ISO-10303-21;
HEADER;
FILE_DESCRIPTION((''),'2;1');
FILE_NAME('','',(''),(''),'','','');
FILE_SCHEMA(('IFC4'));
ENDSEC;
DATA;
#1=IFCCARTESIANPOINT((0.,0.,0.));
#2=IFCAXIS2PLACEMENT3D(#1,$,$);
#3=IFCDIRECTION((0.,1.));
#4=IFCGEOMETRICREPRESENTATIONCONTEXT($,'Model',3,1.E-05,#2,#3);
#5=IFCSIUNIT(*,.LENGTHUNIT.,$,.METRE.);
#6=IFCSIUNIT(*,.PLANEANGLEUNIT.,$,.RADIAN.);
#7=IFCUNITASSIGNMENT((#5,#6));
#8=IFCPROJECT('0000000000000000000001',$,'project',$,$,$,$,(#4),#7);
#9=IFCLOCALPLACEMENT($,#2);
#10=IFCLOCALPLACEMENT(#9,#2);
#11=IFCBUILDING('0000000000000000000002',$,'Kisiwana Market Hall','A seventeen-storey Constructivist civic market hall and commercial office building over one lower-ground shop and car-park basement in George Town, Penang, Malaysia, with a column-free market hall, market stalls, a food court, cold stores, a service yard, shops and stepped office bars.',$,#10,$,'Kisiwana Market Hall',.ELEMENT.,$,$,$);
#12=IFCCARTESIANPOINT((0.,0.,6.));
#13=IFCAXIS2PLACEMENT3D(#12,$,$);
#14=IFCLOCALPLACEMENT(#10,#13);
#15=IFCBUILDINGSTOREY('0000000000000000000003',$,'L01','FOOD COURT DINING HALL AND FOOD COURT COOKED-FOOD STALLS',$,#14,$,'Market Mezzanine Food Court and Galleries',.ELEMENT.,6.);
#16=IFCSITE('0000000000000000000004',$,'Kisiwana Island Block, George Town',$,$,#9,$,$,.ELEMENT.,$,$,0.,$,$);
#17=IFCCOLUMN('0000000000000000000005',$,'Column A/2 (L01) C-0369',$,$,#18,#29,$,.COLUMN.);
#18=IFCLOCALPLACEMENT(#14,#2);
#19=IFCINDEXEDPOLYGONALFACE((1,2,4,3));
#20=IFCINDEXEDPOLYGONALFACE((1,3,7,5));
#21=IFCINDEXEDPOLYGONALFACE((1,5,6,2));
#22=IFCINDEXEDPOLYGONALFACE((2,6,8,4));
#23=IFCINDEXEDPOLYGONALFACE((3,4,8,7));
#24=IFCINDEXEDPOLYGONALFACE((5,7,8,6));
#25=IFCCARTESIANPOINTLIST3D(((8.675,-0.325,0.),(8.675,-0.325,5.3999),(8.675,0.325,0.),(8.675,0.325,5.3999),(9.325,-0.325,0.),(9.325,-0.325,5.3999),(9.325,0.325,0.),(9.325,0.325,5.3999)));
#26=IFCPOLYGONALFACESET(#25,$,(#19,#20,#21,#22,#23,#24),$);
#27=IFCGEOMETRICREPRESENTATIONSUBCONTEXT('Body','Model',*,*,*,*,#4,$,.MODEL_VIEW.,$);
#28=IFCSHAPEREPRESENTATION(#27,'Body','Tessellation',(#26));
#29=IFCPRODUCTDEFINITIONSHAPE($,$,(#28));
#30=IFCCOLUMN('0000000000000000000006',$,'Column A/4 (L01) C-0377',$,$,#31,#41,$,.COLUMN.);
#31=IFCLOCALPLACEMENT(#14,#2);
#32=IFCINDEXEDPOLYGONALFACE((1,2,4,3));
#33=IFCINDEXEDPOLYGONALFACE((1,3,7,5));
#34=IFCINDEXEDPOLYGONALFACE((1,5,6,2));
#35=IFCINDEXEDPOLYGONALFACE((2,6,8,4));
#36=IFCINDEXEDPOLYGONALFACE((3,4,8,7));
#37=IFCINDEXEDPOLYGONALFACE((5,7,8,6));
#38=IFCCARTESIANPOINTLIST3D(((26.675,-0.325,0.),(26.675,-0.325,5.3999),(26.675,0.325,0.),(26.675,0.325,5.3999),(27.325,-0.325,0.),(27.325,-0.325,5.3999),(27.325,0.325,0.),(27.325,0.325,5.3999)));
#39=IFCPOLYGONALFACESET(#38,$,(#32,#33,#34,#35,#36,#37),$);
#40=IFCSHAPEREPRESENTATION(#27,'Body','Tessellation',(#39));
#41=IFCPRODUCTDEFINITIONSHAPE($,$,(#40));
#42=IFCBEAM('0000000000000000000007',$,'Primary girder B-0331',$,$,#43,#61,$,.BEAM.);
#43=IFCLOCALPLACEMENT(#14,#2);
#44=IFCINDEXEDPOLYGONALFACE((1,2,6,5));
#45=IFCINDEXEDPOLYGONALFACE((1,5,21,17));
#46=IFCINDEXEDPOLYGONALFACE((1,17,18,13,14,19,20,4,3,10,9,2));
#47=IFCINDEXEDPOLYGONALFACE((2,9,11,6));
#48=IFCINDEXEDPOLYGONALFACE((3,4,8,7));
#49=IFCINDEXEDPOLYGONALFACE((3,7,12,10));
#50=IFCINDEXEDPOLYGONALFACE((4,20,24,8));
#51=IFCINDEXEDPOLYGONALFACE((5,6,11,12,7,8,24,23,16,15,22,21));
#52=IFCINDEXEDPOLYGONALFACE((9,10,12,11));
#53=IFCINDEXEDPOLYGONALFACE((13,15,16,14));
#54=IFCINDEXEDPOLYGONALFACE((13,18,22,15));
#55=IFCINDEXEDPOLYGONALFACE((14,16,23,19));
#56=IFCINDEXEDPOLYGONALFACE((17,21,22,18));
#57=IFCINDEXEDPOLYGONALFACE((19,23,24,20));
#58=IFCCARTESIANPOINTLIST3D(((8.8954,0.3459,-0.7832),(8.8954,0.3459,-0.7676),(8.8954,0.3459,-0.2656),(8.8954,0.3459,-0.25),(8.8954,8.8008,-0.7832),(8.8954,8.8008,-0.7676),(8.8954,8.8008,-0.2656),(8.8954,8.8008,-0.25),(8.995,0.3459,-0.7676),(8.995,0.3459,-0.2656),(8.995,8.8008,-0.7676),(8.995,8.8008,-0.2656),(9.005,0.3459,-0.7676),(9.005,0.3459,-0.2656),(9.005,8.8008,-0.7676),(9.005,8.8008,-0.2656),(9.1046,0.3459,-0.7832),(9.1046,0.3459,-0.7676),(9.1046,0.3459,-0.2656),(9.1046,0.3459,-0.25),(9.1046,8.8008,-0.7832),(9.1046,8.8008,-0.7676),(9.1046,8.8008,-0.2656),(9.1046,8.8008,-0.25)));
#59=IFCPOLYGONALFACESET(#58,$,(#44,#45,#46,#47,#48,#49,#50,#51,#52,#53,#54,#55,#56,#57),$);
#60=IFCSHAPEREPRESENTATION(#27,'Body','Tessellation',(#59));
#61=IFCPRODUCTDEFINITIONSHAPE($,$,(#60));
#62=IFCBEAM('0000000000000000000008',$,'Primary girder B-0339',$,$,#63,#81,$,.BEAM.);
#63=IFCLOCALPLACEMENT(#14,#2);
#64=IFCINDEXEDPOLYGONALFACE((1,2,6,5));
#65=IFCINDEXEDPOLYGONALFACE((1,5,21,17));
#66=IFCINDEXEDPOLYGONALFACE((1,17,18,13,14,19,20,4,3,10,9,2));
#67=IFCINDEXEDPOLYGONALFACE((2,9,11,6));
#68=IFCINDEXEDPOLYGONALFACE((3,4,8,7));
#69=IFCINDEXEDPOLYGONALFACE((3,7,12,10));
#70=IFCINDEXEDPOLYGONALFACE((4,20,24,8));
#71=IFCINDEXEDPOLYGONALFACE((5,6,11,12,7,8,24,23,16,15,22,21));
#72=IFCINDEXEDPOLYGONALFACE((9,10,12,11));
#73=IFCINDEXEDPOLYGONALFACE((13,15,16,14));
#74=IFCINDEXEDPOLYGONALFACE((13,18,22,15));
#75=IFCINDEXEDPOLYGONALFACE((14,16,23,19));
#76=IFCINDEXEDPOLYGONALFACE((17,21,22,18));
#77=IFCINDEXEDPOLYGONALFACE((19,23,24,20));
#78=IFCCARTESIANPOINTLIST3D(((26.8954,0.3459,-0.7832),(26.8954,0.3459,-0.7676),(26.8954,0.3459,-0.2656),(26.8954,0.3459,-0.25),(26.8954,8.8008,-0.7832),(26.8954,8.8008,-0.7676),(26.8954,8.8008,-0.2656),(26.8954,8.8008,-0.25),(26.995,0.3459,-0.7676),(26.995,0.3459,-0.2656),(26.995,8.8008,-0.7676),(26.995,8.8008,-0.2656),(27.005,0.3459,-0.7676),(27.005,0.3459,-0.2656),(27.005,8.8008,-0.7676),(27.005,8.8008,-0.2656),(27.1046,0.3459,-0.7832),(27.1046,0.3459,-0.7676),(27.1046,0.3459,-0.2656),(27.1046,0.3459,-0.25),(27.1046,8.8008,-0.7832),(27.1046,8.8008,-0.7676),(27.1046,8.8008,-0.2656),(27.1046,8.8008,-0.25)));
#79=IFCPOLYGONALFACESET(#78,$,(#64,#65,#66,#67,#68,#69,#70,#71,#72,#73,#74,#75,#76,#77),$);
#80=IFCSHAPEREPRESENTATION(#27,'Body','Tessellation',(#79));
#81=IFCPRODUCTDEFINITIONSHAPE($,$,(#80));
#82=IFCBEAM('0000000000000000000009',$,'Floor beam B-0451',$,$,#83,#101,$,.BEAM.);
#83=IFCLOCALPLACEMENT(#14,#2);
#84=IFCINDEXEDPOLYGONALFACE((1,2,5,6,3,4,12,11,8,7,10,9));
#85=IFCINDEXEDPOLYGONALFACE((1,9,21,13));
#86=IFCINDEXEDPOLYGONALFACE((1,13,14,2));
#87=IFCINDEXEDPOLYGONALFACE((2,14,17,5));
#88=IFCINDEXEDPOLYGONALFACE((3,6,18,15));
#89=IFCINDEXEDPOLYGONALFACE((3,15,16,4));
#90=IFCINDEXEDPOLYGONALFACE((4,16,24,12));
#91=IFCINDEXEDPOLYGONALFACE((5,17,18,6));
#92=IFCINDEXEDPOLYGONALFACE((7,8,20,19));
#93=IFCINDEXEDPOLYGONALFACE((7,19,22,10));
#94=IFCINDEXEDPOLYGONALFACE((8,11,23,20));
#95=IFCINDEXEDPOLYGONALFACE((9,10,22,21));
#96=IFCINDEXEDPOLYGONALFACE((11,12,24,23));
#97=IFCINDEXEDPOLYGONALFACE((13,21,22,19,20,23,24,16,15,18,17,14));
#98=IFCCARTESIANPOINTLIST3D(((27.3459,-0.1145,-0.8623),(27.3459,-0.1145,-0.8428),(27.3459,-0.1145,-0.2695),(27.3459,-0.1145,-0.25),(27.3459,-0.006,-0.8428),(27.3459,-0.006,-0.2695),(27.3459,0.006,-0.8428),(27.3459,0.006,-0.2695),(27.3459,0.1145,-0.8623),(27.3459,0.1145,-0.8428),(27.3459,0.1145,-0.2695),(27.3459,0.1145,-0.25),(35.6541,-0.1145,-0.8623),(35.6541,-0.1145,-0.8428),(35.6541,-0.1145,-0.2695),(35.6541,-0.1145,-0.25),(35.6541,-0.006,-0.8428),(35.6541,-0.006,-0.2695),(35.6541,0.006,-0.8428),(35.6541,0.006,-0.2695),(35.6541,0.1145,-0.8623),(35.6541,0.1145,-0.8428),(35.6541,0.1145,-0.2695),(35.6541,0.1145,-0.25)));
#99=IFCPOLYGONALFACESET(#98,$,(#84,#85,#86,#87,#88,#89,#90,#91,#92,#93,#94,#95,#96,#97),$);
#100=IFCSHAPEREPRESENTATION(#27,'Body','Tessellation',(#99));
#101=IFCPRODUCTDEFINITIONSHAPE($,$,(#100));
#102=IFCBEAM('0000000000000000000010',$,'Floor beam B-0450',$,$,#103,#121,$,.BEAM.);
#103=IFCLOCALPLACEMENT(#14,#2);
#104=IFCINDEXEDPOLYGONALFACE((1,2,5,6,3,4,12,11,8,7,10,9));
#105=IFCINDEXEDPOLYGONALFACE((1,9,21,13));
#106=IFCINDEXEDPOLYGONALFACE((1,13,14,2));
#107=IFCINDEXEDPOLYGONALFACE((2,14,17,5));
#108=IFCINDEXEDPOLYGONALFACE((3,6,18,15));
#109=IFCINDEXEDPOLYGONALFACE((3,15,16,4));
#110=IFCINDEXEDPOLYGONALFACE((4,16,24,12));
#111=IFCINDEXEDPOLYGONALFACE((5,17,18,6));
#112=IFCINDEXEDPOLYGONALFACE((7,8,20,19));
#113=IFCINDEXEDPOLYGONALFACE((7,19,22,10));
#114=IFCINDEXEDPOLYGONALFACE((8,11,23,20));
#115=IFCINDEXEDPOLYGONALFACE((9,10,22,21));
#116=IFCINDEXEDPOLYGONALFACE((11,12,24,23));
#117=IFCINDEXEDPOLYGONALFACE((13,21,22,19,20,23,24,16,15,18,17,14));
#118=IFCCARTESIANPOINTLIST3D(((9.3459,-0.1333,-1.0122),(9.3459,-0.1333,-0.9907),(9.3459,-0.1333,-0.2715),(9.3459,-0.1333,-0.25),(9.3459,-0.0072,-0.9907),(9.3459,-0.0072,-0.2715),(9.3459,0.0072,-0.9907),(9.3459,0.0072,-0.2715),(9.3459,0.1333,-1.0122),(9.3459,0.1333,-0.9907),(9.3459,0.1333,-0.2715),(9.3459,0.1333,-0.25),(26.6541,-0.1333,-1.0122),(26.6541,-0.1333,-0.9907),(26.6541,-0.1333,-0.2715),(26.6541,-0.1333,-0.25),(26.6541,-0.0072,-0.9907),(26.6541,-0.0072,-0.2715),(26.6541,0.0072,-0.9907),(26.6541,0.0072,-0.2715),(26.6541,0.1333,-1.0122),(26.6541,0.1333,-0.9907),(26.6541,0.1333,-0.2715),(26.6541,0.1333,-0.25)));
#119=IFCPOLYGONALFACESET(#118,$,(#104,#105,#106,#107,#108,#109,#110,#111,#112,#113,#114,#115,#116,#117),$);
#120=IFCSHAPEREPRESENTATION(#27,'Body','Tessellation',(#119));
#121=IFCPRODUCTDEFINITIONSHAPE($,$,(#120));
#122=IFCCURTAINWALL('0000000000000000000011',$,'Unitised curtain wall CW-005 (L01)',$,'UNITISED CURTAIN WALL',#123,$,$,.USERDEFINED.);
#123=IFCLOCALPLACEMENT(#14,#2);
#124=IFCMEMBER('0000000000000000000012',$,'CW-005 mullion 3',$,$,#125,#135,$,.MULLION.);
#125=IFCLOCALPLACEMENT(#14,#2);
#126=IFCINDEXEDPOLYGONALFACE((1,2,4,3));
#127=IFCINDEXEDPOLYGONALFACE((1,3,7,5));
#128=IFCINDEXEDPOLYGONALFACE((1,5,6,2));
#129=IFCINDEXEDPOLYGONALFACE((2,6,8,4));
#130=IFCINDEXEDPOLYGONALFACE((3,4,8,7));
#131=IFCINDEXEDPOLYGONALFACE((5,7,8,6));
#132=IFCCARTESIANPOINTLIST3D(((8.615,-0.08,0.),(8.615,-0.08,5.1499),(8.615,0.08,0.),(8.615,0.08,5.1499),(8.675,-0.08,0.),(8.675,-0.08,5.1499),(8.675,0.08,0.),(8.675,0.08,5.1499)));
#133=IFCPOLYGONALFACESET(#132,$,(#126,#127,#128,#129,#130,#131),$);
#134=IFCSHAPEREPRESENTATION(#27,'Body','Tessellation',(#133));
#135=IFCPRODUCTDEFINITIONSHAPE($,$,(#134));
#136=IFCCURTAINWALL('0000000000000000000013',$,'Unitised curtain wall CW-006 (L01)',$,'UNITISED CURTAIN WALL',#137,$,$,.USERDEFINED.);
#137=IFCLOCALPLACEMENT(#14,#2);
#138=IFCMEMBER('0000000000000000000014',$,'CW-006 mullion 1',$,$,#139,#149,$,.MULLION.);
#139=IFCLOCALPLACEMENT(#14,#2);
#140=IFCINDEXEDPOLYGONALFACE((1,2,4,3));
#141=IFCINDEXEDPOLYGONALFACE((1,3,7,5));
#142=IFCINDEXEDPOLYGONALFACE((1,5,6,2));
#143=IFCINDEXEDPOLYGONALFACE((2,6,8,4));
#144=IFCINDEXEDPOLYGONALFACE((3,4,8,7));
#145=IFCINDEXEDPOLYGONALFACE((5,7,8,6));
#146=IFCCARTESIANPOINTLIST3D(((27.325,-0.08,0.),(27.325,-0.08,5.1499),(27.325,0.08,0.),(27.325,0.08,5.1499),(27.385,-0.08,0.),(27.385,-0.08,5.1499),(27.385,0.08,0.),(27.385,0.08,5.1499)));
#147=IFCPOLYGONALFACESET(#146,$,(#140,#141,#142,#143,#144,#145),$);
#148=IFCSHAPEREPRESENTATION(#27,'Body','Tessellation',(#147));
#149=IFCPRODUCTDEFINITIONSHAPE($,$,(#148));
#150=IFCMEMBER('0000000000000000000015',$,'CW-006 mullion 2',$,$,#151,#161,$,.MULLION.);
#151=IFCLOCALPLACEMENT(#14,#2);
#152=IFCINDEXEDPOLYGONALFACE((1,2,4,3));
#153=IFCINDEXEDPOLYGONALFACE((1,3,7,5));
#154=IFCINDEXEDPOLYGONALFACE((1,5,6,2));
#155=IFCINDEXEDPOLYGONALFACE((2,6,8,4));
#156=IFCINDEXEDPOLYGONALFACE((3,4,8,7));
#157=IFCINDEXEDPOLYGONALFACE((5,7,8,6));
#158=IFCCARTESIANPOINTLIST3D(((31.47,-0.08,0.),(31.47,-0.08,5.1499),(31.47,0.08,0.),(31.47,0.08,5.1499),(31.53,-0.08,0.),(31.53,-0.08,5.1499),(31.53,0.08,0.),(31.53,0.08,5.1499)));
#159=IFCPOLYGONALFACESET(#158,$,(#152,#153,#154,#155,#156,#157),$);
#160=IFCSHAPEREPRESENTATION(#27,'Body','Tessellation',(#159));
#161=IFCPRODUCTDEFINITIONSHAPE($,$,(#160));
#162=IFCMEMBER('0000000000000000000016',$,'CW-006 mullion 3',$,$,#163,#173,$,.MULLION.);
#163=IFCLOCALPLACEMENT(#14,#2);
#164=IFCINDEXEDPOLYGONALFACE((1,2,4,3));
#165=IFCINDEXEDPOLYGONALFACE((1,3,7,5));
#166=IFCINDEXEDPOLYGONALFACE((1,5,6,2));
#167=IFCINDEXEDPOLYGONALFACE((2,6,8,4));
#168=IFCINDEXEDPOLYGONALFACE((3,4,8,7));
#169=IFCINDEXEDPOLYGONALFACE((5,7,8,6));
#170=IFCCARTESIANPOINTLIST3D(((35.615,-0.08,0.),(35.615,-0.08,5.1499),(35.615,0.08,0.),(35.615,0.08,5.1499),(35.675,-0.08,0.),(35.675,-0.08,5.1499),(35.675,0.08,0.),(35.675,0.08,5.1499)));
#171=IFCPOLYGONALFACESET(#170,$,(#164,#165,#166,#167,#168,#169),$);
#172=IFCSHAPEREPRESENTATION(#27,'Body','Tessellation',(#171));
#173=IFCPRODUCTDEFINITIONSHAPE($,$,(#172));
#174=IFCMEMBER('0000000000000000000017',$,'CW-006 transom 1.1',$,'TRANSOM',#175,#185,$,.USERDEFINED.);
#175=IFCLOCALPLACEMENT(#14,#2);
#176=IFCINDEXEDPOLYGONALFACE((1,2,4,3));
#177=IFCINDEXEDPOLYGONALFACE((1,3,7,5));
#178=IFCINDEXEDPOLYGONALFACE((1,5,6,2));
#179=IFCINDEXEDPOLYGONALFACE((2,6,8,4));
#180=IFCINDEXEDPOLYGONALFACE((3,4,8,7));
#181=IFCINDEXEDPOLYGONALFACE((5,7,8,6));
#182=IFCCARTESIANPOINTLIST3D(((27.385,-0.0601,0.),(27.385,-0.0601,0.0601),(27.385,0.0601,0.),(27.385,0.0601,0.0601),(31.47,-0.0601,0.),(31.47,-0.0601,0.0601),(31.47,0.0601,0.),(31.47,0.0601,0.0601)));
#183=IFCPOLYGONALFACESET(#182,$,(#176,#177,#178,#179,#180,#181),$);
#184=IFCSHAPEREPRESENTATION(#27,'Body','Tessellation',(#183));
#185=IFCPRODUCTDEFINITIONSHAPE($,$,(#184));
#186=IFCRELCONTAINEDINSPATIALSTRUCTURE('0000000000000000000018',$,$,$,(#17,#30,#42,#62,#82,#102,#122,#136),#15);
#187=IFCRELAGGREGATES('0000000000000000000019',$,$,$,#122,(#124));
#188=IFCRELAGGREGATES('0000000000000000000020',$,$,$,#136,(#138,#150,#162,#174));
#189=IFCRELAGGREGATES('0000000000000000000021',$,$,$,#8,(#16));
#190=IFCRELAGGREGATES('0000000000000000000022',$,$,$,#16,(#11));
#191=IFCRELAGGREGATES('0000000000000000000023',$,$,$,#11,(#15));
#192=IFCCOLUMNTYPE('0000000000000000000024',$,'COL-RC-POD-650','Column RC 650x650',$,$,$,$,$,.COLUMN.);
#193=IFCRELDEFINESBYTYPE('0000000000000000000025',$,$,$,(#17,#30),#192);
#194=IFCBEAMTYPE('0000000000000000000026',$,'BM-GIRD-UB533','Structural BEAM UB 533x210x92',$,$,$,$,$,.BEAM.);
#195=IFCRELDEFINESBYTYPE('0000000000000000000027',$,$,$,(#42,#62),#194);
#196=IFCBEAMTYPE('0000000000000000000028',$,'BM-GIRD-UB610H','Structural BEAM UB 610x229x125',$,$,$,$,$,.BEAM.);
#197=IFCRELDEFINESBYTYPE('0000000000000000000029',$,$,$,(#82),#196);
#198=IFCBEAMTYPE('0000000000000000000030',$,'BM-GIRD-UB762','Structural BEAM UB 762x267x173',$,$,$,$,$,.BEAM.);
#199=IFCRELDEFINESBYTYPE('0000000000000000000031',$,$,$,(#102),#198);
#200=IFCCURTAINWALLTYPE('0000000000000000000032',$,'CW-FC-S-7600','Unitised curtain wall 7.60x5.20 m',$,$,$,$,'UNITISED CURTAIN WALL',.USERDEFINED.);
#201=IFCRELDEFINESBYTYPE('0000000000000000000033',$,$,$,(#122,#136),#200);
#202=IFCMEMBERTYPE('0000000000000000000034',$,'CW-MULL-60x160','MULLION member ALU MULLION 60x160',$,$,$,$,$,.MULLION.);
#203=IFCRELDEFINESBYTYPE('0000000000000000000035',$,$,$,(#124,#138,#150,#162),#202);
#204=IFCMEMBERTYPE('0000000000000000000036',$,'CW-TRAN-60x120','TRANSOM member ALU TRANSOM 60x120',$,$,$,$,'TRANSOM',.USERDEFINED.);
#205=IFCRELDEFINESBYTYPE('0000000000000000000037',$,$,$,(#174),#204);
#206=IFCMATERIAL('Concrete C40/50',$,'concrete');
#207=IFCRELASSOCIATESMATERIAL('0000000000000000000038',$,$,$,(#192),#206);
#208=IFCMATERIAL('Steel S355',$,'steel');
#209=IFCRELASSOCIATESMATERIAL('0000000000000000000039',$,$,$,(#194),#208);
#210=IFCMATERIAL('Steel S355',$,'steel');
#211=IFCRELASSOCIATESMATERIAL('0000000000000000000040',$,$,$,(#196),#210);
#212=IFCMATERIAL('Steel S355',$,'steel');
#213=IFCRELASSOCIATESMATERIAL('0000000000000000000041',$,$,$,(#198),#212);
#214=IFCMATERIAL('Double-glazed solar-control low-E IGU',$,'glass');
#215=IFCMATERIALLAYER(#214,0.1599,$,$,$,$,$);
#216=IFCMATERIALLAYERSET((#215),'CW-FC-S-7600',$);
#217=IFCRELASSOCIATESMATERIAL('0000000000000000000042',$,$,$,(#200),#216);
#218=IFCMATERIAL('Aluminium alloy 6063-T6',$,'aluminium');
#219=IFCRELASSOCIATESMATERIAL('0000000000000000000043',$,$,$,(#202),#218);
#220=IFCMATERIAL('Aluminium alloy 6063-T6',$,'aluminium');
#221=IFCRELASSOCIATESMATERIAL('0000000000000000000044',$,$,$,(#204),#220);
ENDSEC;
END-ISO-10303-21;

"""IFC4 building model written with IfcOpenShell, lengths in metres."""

from ifc_helpers import new_model, si_unit, direction, frame, origin, origin_2d, place, context, subcontext, project, spatial, rectangle, i_section, extrude, material, layer, layer_set, material_profile, profile_set, type_object, element, aggregate, save


model = new_model("IFC4")

# Units and contexts
model_context = context("Model", 3, precision=1e-05, world=origin(), true_north=direction((0.0, 1.0)))
body_context = subcontext(model_context, "Body", "Model", "MODEL_VIEW")
ifc_project = project(units=[si_unit("LENGTHUNIT", "METRE"), si_unit("PLANEANGLEUNIT", "RADIAN")], contexts=[model_context])

# Site, building, storey
site_placement = place(None, origin())
site = spatial("IfcSite", under=ifc_project, at=site_placement, Name="Kisiwana Island Block, George Town", CompositionType="ELEMENT", RefElevation=0.0)
building_placement = place(site_placement, origin())
building = spatial("IfcBuilding", under=site, at=building_placement, Name="Kisiwana Market Hall", Description="A seventeen-storey Constructivist civic market hall and commercial office building over one lower-ground shop and car-park basement in George Town, Penang, Malaysia, with a column-free market hall, market stalls, a food court, cold stores, a service yard, shops and stepped office bars.", LongName="Kisiwana Market Hall", CompositionType="ELEMENT")
storey_placement = place(building_placement, frame((0.0, 0.0, 6.0)))
storey = spatial("IfcBuildingStorey", under=building, at=storey_placement, Name="L01", Description="FOOD COURT DINING HALL AND FOOD COURT COOKED-FOOD STALLS", LongName="Market Mezzanine Food Court and Galleries", CompositionType="ELEMENT", Elevation=6.0)

# Columns
ifc_material_1 = material(Name="Concrete C40/50", Category="concrete")
ifc_material_profile_1 = material_profile(ifc_material_1, rectangle(XDim=0.6499, YDim=0.6499, at=origin_2d()), Name="RC 650x650")
ifc_profile_set_1 = profile_set([ifc_material_profile_1], Name="Concrete C40/50")
column_type = type_object("IfcColumnType", Name="COL-RC-POD-650", Description="Column RC 650x650", PredefinedType="COLUMN", material=ifc_profile_set_1)
for number, where, z_axis, x_axis, name in (
    (1, (9.0, 0.0, 0.0), (0.0, 0.0, 1.0), (1.0, 0.0, 0.0), "Column A/2 (L01) C-0369"),
    (2, (27.0, 0.0, 0.0), (0.0, 0.0, 1.0), (1.0, 0.0, 0.0), "Column A/4 (L01) C-0377"),
):
    element("IfcColumn", number, at=place(storey_placement, frame(where, z_axis=z_axis, x_axis=x_axis)), inside=storey, type_object=column_type, Name=name, PredefinedType="COLUMN", context=body_context, shape_type="SweptSolid", body=[
        extrude(rectangle(XDim=0.6499, YDim=0.6499, at=origin_2d()), origin(), (0.0, 0.0, 1.0), 5.3999),
    ])

# Beams
ifc_material_2 = material(Name="Steel S355", Category="steel")
ifc_material_profile_2 = material_profile(ifc_material_2, i_section(OverallWidth=0.2092, OverallDepth=0.5332, WebThickness=0.01, FlangeThickness=0.0156, at=origin_2d()), Name="UB 533x210x92")
ifc_profile_set_2 = profile_set([ifc_material_profile_2], Name="Steel S355")
beam_type_1 = type_object("IfcBeamType", Name="BM-GIRD-UB533", Description="Structural BEAM UB 533x210x92", PredefinedType="BEAM", material=ifc_profile_set_2)
for number, where, z_axis, x_axis, name in (
    (3, (9.0, 0.3459, -0.5166), (0.0, 1.0, 0.0), (-1.0, 0.0, 0.0), "Primary girder B-0331"),
    (4, (27.0, 0.3459, -0.5166), (0.0, 1.0, 0.0), (-1.0, 0.0, 0.0), "Primary girder B-0339"),
):
    element("IfcBeam", number, at=place(storey_placement, frame(where, z_axis=z_axis, x_axis=x_axis)), inside=storey, type_object=beam_type_1, Name=name, PredefinedType="BEAM", context=body_context, shape_type="SweptSolid", body=[
        extrude(i_section(OverallWidth=0.2092, OverallDepth=0.5332, WebThickness=0.01, FlangeThickness=0.0156, at=origin_2d()), origin(), (0.0, 0.0, 1.0), 8.4548),
    ])
ifc_material_3 = material(Name="Steel S355", Category="steel")
ifc_material_profile_3 = material_profile(ifc_material_3, i_section(OverallWidth=0.229, OverallDepth=0.6123, WebThickness=0.012, FlangeThickness=0.0195, at=origin_2d()), Name="UB 610x229x125")
ifc_profile_set_3 = profile_set([ifc_material_profile_3], Name="Steel S355")
beam_type_2 = type_object("IfcBeamType", Name="BM-GIRD-UB610H", Description="Structural BEAM UB 610x229x125", PredefinedType="BEAM", material=ifc_profile_set_3)
beam_1_placement = place(storey_placement, frame((27.3459, 0.0, -0.5562), z_axis=(1.0, 0.0, 0.0), x_axis=(0.0, 1.0, 0.0)))
element("IfcBeam", 5, at=beam_1_placement, inside=storey, type_object=beam_type_2, Name="Floor beam B-0451", PredefinedType="BEAM", context=body_context, shape_type="SweptSolid", body=[
    extrude(i_section(OverallWidth=0.229, OverallDepth=0.6123, WebThickness=0.012, FlangeThickness=0.0195, at=origin_2d()), origin(), (0.0, 0.0, 1.0), 8.3081),
])
ifc_material_4 = material(Name="Steel S355", Category="steel")
ifc_material_profile_4 = material_profile(ifc_material_4, i_section(OverallWidth=0.2666, OverallDepth=0.7622, WebThickness=0.0144, FlangeThickness=0.0215, at=origin_2d()), Name="UB 762x267x173")
ifc_profile_set_4 = profile_set([ifc_material_profile_4], Name="Steel S355")
beam_type_3 = type_object("IfcBeamType", Name="BM-GIRD-UB762", Description="Structural BEAM UB 762x267x173", PredefinedType="BEAM", material=ifc_profile_set_4)
beam_2_placement = place(storey_placement, frame((9.3459, 0.0, -0.6311), z_axis=(1.0, 0.0, 0.0), x_axis=(0.0, 1.0, 0.0)))
element("IfcBeam", 6, at=beam_2_placement, inside=storey, type_object=beam_type_3, Name="Floor beam B-0450", PredefinedType="BEAM", context=body_context, shape_type="SweptSolid", body=[
    extrude(i_section(OverallWidth=0.2666, OverallDepth=0.7622, WebThickness=0.0144, FlangeThickness=0.0215, at=origin_2d()), origin(), (0.0, 0.0, 1.0), 17.3081),
])

# Curtain wall, member
ifc_material_5 = material(Name="Double-glazed solar-control low-E IGU", Category="glass")
ifc_layer_1 = layer(ifc_material_5, 0.1599)
ifc_layer_set_1 = layer_set([ifc_layer_1], Name="CW-FC-S-7600")
curtain_wall_type = type_object("IfcCurtainWallType", Name="CW-FC-S-7600", Description="Unitised curtain wall 7.60x5.20 m", ElementType="UNITISED CURTAIN WALL", PredefinedType="USERDEFINED", material=ifc_layer_set_1)
curtain_wall_1_placement = place(storey_placement, origin())
curtain_wall_1 = element("IfcCurtainWall", 7, at=curtain_wall_1_placement, inside=storey, type_object=curtain_wall_type, Name="Unitised curtain wall CW-005 (L01)", ObjectType="UNITISED CURTAIN WALL", PredefinedType="USERDEFINED")
ifc_material_6 = material(Name="Aluminium alloy 6063-T6", Category="aluminium")
ifc_material_profile_5 = material_profile(ifc_material_6, rectangle(XDim=0.0601, YDim=0.1599, at=origin_2d()), Name="ALU MULLION 60x160")
ifc_profile_set_5 = profile_set([ifc_material_profile_5], Name="Aluminium alloy 6063-T6")
member_type_1 = type_object("IfcMemberType", Name="CW-MULL-60x160", Description="MULLION member ALU MULLION 60x160", PredefinedType="MULLION", material=ifc_profile_set_5)
member_1_placement = place(storey_placement, frame((8.645, 0.0, 0.0), z_axis=(0.0, 0.0, 1.0), x_axis=(1.0, 0.0, 0.0)))
member_1 = element("IfcMember", 8, at=member_1_placement, type_object=member_type_1, Name="CW-005 mullion 3", PredefinedType="MULLION", context=body_context, shape_type="SweptSolid", body=[
    extrude(rectangle(XDim=0.0601, YDim=0.1599, at=origin_2d()), origin(), (0.0, 0.0, 1.0), 5.1499),
])

# Curtain wall, members
curtain_wall_2_placement = place(storey_placement, origin())
curtain_wall_2 = element("IfcCurtainWall", 9, at=curtain_wall_2_placement, inside=storey, type_object=curtain_wall_type, Name="Unitised curtain wall CW-006 (L01)", ObjectType="UNITISED CURTAIN WALL", PredefinedType="USERDEFINED")
member_2_placement = place(storey_placement, frame((27.355, 0.0, 0.0), z_axis=(0.0, 0.0, 1.0), x_axis=(1.0, 0.0, 0.0)))
member_2 = element("IfcMember", 10, at=member_2_placement, type_object=member_type_1, Name="CW-006 mullion 1", PredefinedType="MULLION", context=body_context, shape_type="SweptSolid", body=[
    extrude(rectangle(XDim=0.0601, YDim=0.1599, at=origin_2d()), origin(), (0.0, 0.0, 1.0), 5.1499),
])
member_3_placement = place(storey_placement, frame((31.5, 0.0, 0.0), z_axis=(0.0, 0.0, 1.0), x_axis=(1.0, 0.0, 0.0)))
member_3 = element("IfcMember", 11, at=member_3_placement, type_object=member_type_1, Name="CW-006 mullion 2", PredefinedType="MULLION", context=body_context, shape_type="SweptSolid", body=[
    extrude(rectangle(XDim=0.0601, YDim=0.1599, at=origin_2d()), origin(), (0.0, 0.0, 1.0), 5.1499),
])
member_4_placement = place(storey_placement, frame((35.645, 0.0, 0.0), z_axis=(0.0, 0.0, 1.0), x_axis=(1.0, 0.0, 0.0)))
member_4 = element("IfcMember", 12, at=member_4_placement, type_object=member_type_1, Name="CW-006 mullion 3", PredefinedType="MULLION", context=body_context, shape_type="SweptSolid", body=[
    extrude(rectangle(XDim=0.0601, YDim=0.1599, at=origin_2d()), origin(), (0.0, 0.0, 1.0), 5.1499),
])
ifc_material_7 = material(Name="Aluminium alloy 6063-T6", Category="aluminium")
ifc_material_profile_6 = material_profile(ifc_material_7, rectangle(XDim=0.1201, YDim=0.0601, at=origin_2d()), Name="ALU TRANSOM 60x120")
ifc_profile_set_6 = profile_set([ifc_material_profile_6], Name="Aluminium alloy 6063-T6")
member_type_2 = type_object("IfcMemberType", Name="CW-TRAN-60x120", Description="TRANSOM member ALU TRANSOM 60x120", ElementType="TRANSOM", PredefinedType="USERDEFINED", material=ifc_profile_set_6)
member_5_placement = place(storey_placement, frame((27.385, 0.0, 0.03), z_axis=(1.0, 0.0, 0.0), x_axis=(0.0, 1.0, 0.0)))
member_5 = element("IfcMember", 13, at=member_5_placement, type_object=member_type_2, Name="CW-006 transom 1.1", ObjectType="TRANSOM", PredefinedType="USERDEFINED", context=body_context, shape_type="SweptSolid", body=[
    extrude(rectangle(XDim=0.1201, YDim=0.0601, at=origin_2d()), origin(), (0.0, 0.0, 1.0), 4.085),
])

aggregate(curtain_wall_1, [member_1])
aggregate(curtain_wall_2, [member_2, member_3, member_4, member_5])

save(model, "model.ifc")
